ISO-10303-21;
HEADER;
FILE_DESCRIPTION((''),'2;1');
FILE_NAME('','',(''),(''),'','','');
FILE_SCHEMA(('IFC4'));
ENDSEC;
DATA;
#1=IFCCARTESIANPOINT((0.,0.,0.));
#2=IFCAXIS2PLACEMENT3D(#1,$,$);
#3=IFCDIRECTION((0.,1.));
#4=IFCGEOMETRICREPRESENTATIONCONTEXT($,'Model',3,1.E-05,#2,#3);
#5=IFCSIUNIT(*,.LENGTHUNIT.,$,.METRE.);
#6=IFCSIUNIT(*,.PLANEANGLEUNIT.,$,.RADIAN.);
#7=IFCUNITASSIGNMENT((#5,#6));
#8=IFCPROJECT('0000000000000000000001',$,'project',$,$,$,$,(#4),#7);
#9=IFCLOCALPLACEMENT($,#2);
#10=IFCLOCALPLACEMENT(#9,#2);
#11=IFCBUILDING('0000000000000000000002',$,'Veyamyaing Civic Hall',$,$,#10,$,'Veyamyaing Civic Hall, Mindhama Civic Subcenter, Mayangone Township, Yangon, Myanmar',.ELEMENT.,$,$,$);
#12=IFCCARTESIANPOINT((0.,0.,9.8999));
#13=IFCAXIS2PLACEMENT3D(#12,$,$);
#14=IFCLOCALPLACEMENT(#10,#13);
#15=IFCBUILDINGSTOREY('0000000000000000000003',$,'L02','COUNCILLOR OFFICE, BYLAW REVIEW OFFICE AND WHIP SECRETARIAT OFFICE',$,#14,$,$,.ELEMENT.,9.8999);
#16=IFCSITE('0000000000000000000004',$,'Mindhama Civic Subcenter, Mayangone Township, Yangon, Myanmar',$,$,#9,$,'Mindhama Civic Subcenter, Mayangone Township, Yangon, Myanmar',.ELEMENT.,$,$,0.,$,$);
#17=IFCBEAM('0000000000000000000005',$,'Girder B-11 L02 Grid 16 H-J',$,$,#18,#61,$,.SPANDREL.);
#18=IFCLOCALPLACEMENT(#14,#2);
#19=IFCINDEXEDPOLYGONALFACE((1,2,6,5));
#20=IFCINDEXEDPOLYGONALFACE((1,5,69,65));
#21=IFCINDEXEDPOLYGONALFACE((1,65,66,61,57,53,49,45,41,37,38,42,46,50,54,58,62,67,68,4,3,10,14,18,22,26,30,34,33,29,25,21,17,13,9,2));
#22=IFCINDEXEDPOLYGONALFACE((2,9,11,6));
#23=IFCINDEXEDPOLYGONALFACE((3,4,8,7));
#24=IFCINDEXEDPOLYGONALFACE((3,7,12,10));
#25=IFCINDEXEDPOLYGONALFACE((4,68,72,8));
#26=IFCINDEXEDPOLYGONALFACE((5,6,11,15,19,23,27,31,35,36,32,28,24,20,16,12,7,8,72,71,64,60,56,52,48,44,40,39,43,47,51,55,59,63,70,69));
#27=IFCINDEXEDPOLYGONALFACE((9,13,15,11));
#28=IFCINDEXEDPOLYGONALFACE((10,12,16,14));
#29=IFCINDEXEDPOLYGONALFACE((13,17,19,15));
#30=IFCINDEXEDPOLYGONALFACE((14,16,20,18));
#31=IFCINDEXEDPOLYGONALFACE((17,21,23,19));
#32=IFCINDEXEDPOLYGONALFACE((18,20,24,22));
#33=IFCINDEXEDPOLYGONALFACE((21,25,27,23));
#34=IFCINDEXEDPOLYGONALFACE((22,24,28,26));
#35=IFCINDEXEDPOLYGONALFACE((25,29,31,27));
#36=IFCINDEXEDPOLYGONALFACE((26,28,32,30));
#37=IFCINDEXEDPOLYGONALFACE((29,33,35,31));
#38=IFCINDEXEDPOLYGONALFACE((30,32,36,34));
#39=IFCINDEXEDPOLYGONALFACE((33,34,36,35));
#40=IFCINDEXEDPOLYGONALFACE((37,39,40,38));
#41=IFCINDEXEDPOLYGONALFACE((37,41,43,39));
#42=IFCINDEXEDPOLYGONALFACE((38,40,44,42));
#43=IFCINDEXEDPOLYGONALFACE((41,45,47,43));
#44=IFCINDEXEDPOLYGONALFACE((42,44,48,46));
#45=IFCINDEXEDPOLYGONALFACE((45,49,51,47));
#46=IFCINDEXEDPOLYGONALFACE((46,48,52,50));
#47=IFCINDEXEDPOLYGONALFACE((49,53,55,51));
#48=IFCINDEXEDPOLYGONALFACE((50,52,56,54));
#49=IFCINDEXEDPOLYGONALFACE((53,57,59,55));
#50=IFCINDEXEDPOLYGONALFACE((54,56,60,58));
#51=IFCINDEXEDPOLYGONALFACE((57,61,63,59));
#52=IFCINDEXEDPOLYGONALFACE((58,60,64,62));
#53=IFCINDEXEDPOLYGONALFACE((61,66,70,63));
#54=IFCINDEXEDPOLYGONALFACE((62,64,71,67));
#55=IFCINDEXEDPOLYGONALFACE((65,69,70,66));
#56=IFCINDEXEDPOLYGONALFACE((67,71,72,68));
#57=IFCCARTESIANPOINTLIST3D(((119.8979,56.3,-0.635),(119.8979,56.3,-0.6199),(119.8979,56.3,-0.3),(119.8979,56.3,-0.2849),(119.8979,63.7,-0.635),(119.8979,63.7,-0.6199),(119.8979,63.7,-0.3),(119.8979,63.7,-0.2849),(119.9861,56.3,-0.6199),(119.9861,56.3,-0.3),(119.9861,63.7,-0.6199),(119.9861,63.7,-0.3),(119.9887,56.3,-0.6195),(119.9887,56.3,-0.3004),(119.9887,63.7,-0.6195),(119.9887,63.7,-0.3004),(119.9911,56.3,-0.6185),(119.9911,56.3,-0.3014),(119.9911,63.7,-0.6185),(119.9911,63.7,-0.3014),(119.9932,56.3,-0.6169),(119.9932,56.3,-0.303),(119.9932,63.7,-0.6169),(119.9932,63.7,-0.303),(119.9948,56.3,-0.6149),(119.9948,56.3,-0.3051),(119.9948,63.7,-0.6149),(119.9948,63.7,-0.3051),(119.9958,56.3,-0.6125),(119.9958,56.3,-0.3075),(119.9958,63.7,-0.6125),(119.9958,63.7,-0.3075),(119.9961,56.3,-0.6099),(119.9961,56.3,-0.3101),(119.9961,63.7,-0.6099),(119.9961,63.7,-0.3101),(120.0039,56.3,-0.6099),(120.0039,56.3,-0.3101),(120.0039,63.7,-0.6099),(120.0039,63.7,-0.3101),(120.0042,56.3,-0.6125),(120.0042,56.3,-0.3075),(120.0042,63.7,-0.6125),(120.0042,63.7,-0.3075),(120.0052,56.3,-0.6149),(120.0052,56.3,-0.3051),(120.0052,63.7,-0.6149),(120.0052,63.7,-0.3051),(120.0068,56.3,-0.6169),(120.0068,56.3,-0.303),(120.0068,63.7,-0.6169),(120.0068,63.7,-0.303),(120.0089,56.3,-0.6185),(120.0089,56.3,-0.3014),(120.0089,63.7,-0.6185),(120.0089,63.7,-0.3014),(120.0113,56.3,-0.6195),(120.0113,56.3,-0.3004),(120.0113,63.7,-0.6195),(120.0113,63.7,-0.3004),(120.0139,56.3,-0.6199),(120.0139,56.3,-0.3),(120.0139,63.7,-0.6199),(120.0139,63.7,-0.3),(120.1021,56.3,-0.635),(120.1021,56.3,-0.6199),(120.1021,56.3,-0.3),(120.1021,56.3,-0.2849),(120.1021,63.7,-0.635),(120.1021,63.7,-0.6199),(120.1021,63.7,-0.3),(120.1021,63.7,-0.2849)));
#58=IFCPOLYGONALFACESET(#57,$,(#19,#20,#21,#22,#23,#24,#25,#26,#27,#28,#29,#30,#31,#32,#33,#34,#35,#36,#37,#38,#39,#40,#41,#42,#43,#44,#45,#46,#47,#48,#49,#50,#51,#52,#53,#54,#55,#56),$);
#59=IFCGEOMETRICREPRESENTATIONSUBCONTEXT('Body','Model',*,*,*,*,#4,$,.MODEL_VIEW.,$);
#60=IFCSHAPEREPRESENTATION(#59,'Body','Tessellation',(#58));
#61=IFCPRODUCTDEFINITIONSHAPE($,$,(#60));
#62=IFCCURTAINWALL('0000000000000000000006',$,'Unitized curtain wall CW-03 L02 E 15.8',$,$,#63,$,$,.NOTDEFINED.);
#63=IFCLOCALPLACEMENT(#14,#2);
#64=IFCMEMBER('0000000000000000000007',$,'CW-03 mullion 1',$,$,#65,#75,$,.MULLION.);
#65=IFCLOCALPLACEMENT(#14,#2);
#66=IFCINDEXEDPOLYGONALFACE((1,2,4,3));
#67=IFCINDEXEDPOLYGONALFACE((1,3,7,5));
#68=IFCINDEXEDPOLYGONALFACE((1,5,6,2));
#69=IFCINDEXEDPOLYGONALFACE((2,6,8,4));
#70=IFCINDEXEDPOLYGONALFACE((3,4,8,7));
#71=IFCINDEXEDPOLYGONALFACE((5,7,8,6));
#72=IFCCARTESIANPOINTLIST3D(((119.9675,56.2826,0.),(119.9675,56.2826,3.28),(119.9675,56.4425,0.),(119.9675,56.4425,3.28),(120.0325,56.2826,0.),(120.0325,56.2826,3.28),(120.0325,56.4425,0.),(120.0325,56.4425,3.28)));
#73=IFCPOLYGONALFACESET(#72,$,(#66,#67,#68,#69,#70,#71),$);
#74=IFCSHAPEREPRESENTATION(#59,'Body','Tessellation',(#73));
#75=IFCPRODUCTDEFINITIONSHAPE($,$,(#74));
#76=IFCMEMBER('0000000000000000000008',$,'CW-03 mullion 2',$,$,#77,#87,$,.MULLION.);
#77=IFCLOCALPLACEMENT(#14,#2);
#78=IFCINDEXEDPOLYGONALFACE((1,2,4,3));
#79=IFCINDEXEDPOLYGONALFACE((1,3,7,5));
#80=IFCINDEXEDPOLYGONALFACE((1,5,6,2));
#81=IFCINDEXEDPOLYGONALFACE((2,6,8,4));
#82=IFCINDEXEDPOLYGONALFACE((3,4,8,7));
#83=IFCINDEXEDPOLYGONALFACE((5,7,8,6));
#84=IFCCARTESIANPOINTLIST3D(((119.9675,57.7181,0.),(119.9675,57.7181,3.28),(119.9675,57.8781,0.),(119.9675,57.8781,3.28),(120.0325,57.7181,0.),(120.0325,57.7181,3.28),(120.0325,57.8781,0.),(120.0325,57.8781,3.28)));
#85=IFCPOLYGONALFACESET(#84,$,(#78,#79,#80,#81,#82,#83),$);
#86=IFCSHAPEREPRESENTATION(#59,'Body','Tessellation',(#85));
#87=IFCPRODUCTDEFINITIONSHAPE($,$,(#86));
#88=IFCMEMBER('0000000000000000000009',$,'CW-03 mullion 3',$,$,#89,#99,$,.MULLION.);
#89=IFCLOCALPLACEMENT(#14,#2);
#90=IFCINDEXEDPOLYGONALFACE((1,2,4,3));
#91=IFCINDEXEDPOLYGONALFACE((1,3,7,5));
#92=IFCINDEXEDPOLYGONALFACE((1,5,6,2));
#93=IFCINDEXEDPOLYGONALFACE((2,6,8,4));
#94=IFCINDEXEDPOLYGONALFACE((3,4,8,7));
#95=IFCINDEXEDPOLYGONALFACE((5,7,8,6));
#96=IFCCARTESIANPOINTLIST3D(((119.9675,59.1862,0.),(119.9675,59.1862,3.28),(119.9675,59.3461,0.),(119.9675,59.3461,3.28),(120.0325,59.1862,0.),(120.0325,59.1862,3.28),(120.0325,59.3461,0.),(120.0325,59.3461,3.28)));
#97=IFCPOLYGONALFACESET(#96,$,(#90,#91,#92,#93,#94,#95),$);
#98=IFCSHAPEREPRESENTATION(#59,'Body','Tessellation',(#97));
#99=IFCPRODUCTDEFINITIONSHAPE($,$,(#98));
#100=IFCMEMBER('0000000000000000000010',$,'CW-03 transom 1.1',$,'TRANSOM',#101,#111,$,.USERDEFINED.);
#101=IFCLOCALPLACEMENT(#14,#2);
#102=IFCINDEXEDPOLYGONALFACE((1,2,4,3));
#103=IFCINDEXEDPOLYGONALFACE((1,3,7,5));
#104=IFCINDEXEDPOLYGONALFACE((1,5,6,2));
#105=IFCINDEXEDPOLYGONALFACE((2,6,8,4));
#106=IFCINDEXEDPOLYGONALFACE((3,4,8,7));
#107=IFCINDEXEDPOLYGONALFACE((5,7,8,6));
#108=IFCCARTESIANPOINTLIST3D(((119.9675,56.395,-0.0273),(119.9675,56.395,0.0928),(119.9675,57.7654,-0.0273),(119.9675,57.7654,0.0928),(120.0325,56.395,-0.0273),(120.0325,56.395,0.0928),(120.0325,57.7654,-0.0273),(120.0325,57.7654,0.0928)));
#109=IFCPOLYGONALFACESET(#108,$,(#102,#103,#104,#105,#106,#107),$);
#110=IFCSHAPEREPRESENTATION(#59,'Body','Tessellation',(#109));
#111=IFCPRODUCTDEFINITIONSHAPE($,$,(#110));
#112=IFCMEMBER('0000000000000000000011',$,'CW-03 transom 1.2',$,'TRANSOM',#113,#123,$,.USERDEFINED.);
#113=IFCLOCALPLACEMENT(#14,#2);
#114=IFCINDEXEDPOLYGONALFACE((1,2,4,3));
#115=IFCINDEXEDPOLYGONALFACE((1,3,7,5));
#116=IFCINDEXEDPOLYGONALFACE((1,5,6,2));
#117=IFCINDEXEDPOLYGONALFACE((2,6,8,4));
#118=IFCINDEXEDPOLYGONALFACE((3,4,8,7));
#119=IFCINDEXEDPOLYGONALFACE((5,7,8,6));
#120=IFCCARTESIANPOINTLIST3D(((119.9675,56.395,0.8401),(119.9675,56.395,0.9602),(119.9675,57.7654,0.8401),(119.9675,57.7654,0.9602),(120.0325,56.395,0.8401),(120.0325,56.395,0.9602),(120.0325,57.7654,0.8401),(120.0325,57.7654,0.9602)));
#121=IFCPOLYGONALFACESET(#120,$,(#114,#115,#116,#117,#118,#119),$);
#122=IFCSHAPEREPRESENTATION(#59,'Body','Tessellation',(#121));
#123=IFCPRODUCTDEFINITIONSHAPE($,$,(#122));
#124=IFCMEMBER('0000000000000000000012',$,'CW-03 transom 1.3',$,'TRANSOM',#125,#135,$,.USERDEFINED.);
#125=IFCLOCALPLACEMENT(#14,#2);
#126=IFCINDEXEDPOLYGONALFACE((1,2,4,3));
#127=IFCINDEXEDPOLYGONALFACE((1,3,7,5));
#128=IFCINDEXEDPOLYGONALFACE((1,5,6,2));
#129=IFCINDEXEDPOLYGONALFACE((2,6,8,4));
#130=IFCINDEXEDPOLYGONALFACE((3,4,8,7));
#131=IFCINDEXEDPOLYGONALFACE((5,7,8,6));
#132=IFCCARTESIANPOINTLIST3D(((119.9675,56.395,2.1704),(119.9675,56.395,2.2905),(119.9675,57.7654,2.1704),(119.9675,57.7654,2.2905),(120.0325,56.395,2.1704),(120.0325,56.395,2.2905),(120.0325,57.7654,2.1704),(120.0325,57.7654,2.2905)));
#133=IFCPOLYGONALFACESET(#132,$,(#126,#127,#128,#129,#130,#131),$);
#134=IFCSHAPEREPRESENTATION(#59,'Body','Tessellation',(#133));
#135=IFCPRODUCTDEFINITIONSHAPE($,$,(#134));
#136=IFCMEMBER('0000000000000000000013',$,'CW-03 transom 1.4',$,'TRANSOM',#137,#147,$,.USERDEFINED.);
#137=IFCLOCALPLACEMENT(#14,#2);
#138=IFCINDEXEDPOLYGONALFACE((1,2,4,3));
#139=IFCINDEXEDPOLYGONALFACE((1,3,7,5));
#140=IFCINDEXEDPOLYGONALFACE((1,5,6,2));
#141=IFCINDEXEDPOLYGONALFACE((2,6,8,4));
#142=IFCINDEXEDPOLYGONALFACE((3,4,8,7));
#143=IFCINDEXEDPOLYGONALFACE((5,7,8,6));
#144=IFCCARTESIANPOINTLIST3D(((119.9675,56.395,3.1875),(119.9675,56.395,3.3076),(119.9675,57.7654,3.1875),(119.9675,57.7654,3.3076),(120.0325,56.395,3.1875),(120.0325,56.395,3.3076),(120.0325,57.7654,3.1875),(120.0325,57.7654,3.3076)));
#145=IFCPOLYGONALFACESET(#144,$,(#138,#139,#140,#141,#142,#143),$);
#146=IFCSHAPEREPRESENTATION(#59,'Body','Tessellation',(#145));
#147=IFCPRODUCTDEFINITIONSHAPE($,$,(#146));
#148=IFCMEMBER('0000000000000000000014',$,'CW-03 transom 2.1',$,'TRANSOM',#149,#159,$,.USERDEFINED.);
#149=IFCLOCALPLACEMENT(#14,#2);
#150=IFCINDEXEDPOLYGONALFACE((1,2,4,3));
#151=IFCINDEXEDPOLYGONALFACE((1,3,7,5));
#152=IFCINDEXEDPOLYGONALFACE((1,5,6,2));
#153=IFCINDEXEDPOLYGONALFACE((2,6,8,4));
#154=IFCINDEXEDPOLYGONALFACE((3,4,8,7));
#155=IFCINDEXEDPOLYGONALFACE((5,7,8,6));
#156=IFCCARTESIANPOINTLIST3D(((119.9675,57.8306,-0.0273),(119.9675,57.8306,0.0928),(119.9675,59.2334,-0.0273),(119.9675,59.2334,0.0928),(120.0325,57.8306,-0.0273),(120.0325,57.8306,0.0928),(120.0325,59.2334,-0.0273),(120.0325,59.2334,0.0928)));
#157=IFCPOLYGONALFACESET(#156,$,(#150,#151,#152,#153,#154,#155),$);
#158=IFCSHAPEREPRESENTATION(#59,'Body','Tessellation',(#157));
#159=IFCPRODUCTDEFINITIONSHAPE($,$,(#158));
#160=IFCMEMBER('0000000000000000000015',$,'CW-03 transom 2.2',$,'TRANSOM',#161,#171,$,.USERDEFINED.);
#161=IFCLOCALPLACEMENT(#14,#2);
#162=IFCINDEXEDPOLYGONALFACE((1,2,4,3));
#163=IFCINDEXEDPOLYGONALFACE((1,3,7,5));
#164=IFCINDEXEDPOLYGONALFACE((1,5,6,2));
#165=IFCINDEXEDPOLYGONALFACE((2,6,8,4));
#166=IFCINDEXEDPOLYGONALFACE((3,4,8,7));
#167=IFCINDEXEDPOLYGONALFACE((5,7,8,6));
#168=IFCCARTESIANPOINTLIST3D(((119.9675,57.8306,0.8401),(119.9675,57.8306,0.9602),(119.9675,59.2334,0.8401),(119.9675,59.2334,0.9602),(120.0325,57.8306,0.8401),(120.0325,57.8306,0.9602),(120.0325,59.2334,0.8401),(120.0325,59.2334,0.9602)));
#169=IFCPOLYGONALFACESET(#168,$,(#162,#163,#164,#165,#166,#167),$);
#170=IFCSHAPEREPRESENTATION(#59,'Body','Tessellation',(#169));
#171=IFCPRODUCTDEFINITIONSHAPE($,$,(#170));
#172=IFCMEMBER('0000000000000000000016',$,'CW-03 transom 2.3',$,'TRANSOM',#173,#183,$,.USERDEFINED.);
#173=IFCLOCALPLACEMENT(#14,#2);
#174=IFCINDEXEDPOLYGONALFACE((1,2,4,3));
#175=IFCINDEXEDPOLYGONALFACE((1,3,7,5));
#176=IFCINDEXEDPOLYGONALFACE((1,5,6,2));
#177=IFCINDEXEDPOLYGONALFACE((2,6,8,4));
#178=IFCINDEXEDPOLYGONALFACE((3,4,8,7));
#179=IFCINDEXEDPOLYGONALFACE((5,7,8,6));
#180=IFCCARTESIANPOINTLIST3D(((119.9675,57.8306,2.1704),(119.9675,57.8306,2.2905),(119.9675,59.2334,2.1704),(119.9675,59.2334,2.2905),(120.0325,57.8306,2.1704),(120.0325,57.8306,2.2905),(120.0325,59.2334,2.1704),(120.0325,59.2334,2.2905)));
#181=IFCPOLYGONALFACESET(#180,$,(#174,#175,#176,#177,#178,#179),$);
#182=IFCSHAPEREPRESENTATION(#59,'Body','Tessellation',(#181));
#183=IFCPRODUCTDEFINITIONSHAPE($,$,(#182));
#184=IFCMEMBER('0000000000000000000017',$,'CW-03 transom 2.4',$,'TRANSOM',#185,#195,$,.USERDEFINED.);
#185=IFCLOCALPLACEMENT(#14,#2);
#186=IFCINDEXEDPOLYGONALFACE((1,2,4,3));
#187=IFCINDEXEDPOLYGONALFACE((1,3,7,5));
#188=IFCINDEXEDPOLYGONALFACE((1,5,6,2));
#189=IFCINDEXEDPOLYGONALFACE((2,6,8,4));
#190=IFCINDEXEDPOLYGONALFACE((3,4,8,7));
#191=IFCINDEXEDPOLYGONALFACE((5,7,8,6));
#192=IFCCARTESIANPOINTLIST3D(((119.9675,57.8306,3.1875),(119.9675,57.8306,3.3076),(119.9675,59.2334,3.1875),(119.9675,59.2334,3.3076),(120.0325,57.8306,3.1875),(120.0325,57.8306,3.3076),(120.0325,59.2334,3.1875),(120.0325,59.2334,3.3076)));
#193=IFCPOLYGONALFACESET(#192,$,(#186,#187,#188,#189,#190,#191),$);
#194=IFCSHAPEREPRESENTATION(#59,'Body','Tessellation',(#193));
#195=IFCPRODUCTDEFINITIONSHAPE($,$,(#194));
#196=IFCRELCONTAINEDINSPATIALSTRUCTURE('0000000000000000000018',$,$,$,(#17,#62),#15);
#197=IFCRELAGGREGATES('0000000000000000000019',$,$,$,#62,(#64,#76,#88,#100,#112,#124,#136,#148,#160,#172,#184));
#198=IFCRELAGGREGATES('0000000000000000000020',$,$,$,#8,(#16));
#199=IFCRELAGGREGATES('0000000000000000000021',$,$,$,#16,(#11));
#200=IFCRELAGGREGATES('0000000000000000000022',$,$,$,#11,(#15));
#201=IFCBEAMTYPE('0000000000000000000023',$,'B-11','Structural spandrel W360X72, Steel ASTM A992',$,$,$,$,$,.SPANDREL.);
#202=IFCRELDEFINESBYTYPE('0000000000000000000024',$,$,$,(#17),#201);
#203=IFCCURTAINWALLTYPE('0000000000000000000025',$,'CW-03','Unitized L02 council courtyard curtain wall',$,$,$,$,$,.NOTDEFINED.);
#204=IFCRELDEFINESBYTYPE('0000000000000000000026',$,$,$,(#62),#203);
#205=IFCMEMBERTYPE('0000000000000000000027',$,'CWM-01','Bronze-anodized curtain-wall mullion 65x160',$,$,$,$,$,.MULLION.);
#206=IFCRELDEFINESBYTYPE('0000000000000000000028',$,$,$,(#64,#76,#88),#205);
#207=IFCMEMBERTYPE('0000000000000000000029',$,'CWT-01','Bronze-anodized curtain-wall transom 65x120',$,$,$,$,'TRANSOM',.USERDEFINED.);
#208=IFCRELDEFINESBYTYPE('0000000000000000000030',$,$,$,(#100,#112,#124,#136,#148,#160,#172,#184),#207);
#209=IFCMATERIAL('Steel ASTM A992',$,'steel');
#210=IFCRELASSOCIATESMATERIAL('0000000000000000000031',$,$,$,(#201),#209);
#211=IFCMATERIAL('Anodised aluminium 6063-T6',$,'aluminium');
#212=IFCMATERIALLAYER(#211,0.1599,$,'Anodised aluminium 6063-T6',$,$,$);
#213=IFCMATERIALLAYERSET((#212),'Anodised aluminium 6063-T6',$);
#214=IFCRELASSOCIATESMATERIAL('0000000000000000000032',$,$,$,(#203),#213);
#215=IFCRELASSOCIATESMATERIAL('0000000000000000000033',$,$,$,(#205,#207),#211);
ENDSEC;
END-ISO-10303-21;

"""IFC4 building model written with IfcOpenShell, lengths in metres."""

from ifc_helpers import new_model, si_unit, direction, frame, origin, origin_2d, place, context, subcontext, project, spatial, rectangle, i_section, extrude, material, layer, layer_set, material_profile, profile_set, type_object, element, aggregate, save


model = new_model("IFC4")

# Units and contexts
model_context = context("Model", 3, precision=1e-05, world=origin(), true_north=direction((0.0, 1.0)))
body_context = subcontext(model_context, "Body", "Model", "MODEL_VIEW")
ifc_project = project(units=[si_unit("LENGTHUNIT", "METRE"), si_unit("PLANEANGLEUNIT", "RADIAN")], contexts=[model_context])

# Site, building, storey
site_placement = place(None, origin())
site = spatial("IfcSite", under=ifc_project, at=site_placement, Name="Mindhama Civic Subcenter, Mayangone Township, Yangon, Myanmar", LongName="Mindhama Civic Subcenter, Mayangone Township, Yangon, Myanmar", CompositionType="ELEMENT", RefElevation=0.0)
building_placement = place(site_placement, origin())
building = spatial("IfcBuilding", under=site, at=building_placement, Name="Veyamyaing Civic Hall", LongName="Veyamyaing Civic Hall, Mindhama Civic Subcenter, Mayangone Township, Yangon, Myanmar", CompositionType="ELEMENT")
storey_placement = place(building_placement, frame((0.0, 0.0, 9.8999)))
storey = spatial("IfcBuildingStorey", under=building, at=storey_placement, Name="L02", Description="COUNCILLOR OFFICE, BYLAW REVIEW OFFICE AND WHIP SECRETARIAT OFFICE", CompositionType="ELEMENT", Elevation=9.8999)

# Beam
ifc_material_1 = material(Name="Steel ASTM A992", Category="steel")
ifc_material_profile_1 = material_profile(ifc_material_1, i_section(OverallWidth=0.2041, OverallDepth=0.3501, WebThickness=0.0078, FlangeThickness=0.0151, FilletRadius=0.01, at=origin_2d()), Name="W360X72")
ifc_profile_set_1 = profile_set([ifc_material_profile_1], Name="Steel ASTM A992")
beam_type = type_object("IfcBeamType", Name="B-11", Description="Structural spandrel W360X72, Steel ASTM A992", PredefinedType="SPANDREL", material=ifc_profile_set_1)
beam_placement = place(storey_placement, frame((120.0, 56.3, -0.46), z_axis=(0.0, 1.0, 0.0), x_axis=(-1.0, 0.0, 0.0)))
element("IfcBeam", 1, at=beam_placement, inside=storey, type_object=beam_type, Name="Girder B-11 L02 Grid 16 H-J", PredefinedType="SPANDREL", context=body_context, shape_type="SweptSolid", body=[
    extrude(i_section(OverallWidth=0.2041, OverallDepth=0.3501, WebThickness=0.0078, FlangeThickness=0.0151, FilletRadius=0.01, at=origin_2d()), origin(), (0.0, 0.0, 1.0), 7.3999),
])

# Curtain wall, members
ifc_material_2 = material(Name="Anodised aluminium 6063-T6", Category="aluminium")
ifc_layer_1 = layer(ifc_material_2, 0.1599, Name="Anodised aluminium 6063-T6")
ifc_layer_set_1 = layer_set([ifc_layer_1], Name="Anodised aluminium 6063-T6")
curtain_wall_type = type_object("IfcCurtainWallType", Name="CW-03", Description="Unitized L02 council courtyard curtain wall", PredefinedType="NOTDEFINED", material=ifc_layer_set_1)
curtain_wall_placement = place(storey_placement, origin())
curtain_wall = element("IfcCurtainWall", 2, at=curtain_wall_placement, inside=storey, type_object=curtain_wall_type, Name="Unitized curtain wall CW-03 L02 E 15.8", PredefinedType="NOTDEFINED")
ifc_material_profile_2 = material_profile(ifc_material_2, rectangle(XDim=0.0649, YDim=0.1599, at=origin_2d()), Name="ALU-MUL-65X160")
ifc_profile_set_2 = profile_set([ifc_material_profile_2], Name="Anodised aluminium 6063-T6")
member_type_1 = type_object("IfcMemberType", Name="CWM-01", Description="Bronze-anodized curtain-wall mullion 65x160", PredefinedType="MULLION", material=ifc_profile_set_2)
member_1_placement = place(storey_placement, frame((120.0, 56.3625, 0.0), z_axis=(0.0, 0.0, 1.0), x_axis=(-1.0, 0.0, 0.0)))
member_1 = element("IfcMember", 3, at=member_1_placement, type_object=member_type_1, Name="CW-03 mullion 1", PredefinedType="MULLION", context=body_context, shape_type="SweptSolid", body=[
    extrude(rectangle(XDim=0.0649, YDim=0.1599, at=origin_2d()), origin(), (0.0, 0.0, 1.0), 3.28),
])
member_2_placement = place(storey_placement, frame((120.0, 57.7981, 0.0), z_axis=(0.0, 0.0, 1.0), x_axis=(-1.0, 0.0, 0.0)))
member_2 = element("IfcMember", 4, at=member_2_placement, type_object=member_type_1, Name="CW-03 mullion 2", PredefinedType="MULLION", context=body_context, shape_type="SweptSolid", body=[
    extrude(rectangle(XDim=0.0649, YDim=0.1599, at=origin_2d()), origin(), (0.0, 0.0, 1.0), 3.28),
])
member_3_placement = place(storey_placement, frame((120.0, 59.2661, 0.0), z_axis=(0.0, 0.0, 1.0), x_axis=(-1.0, 0.0, 0.0)))
member_3 = element("IfcMember", 5, at=member_3_placement, type_object=member_type_1, Name="CW-03 mullion 3", PredefinedType="MULLION", context=body_context, shape_type="SweptSolid", body=[
    extrude(rectangle(XDim=0.0649, YDim=0.1599, at=origin_2d()), origin(), (0.0, 0.0, 1.0), 3.28),
])
ifc_material_profile_3 = material_profile(ifc_material_2, rectangle(XDim=0.0649, YDim=0.1201, at=origin_2d()), Name="ALU-TRN-65X120")
ifc_profile_set_3 = profile_set([ifc_material_profile_3], Name="Anodised aluminium 6063-T6")
member_type_2 = type_object("IfcMemberType", Name="CWT-01", Description="Bronze-anodized curtain-wall transom 65x120", ElementType="TRANSOM", PredefinedType="USERDEFINED", material=ifc_profile_set_3)
member_4_placement = place(storey_placement, frame((120.0, 56.395, 0.0327), z_axis=(0.0, 1.0, 0.0), x_axis=(-1.0, 0.0, 0.0)))
member_4 = element("IfcMember", 6, at=member_4_placement, type_object=member_type_2, Name="CW-03 transom 1.1", ObjectType="TRANSOM", PredefinedType="USERDEFINED", context=body_context, shape_type="SweptSolid", body=[
    extrude(rectangle(XDim=0.0649, YDim=0.1201, at=origin_2d()), origin(), (0.0, 0.0, 1.0), 1.3704),
])
member_5_placement = place(storey_placement, frame((120.0, 56.395, 0.9001), z_axis=(0.0, 1.0, 0.0), x_axis=(-1.0, 0.0, 0.0)))
member_5 = element("IfcMember", 7, at=member_5_placement, type_object=member_type_2, Name="CW-03 transom 1.2", ObjectType="TRANSOM", PredefinedType="USERDEFINED", context=body_context, shape_type="SweptSolid", body=[
    extrude(rectangle(XDim=0.0649, YDim=0.1201, at=origin_2d()), origin(), (0.0, 0.0, 1.0), 1.3704),
])
member_6_placement = place(storey_placement, frame((120.0, 56.395, 2.2305), z_axis=(0.0, 1.0, 0.0), x_axis=(-1.0, 0.0, 0.0)))
member_6 = element("IfcMember", 8, at=member_6_placement, type_object=member_type_2, Name="CW-03 transom 1.3", ObjectType="TRANSOM", PredefinedType="USERDEFINED", context=body_context, shape_type="SweptSolid", body=[
    extrude(rectangle(XDim=0.0649, YDim=0.1201, at=origin_2d()), origin(), (0.0, 0.0, 1.0), 1.3704),
])
member_7_placement = place(storey_placement, frame((120.0, 56.395, 3.2476), z_axis=(0.0, 1.0, 0.0), x_axis=(-1.0, 0.0, 0.0)))
member_7 = element("IfcMember", 9, at=member_7_placement, type_object=member_type_2, Name="CW-03 transom 1.4", ObjectType="TRANSOM", PredefinedType="USERDEFINED", context=body_context, shape_type="SweptSolid", body=[
    extrude(rectangle(XDim=0.0649, YDim=0.1201, at=origin_2d()), origin(), (0.0, 0.0, 1.0), 1.3704),
])
member_8_placement = place(storey_placement, frame((120.0, 57.8306, 0.0327), z_axis=(0.0, 1.0, 0.0), x_axis=(-1.0, 0.0, 0.0)))
member_8 = element("IfcMember", 10, at=member_8_placement, type_object=member_type_2, Name="CW-03 transom 2.1", ObjectType="TRANSOM", PredefinedType="USERDEFINED", context=body_context, shape_type="SweptSolid", body=[
    extrude(rectangle(XDim=0.0649, YDim=0.1201, at=origin_2d()), origin(), (0.0, 0.0, 1.0), 1.4028),
])
member_9_placement = place(storey_placement, frame((120.0, 57.8306, 0.9001), z_axis=(0.0, 1.0, 0.0), x_axis=(-1.0, 0.0, 0.0)))
member_9 = element("IfcMember", 11, at=member_9_placement, type_object=member_type_2, Name="CW-03 transom 2.2", ObjectType="TRANSOM", PredefinedType="USERDEFINED", context=body_context, shape_type="SweptSolid", body=[
    extrude(rectangle(XDim=0.0649, YDim=0.1201, at=origin_2d()), origin(), (0.0, 0.0, 1.0), 1.4028),
])
member_10_placement = place(storey_placement, frame((120.0, 57.8306, 2.2305), z_axis=(0.0, 1.0, 0.0), x_axis=(-1.0, 0.0, 0.0)))
member_10 = element("IfcMember", 12, at=member_10_placement, type_object=member_type_2, Name="CW-03 transom 2.3", ObjectType="TRANSOM", PredefinedType="USERDEFINED", context=body_context, shape_type="SweptSolid", body=[
    extrude(rectangle(XDim=0.0649, YDim=0.1201, at=origin_2d()), origin(), (0.0, 0.0, 1.0), 1.4028),
])
member_11_placement = place(storey_placement, frame((120.0, 57.8306, 3.2476), z_axis=(0.0, 1.0, 0.0), x_axis=(-1.0, 0.0, 0.0)))
member_11 = element("IfcMember", 13, at=member_11_placement, type_object=member_type_2, Name="CW-03 transom 2.4", ObjectType="TRANSOM", PredefinedType="USERDEFINED", context=body_context, shape_type="SweptSolid", body=[
    extrude(rectangle(XDim=0.0649, YDim=0.1201, at=origin_2d()), origin(), (0.0, 0.0, 1.0), 1.4028),
])
aggregate(curtain_wall, [member_1, member_2, member_3, member_4, member_5, member_6, member_7, member_8, member_9, member_10, member_11])

save(model, "model.ifc")
